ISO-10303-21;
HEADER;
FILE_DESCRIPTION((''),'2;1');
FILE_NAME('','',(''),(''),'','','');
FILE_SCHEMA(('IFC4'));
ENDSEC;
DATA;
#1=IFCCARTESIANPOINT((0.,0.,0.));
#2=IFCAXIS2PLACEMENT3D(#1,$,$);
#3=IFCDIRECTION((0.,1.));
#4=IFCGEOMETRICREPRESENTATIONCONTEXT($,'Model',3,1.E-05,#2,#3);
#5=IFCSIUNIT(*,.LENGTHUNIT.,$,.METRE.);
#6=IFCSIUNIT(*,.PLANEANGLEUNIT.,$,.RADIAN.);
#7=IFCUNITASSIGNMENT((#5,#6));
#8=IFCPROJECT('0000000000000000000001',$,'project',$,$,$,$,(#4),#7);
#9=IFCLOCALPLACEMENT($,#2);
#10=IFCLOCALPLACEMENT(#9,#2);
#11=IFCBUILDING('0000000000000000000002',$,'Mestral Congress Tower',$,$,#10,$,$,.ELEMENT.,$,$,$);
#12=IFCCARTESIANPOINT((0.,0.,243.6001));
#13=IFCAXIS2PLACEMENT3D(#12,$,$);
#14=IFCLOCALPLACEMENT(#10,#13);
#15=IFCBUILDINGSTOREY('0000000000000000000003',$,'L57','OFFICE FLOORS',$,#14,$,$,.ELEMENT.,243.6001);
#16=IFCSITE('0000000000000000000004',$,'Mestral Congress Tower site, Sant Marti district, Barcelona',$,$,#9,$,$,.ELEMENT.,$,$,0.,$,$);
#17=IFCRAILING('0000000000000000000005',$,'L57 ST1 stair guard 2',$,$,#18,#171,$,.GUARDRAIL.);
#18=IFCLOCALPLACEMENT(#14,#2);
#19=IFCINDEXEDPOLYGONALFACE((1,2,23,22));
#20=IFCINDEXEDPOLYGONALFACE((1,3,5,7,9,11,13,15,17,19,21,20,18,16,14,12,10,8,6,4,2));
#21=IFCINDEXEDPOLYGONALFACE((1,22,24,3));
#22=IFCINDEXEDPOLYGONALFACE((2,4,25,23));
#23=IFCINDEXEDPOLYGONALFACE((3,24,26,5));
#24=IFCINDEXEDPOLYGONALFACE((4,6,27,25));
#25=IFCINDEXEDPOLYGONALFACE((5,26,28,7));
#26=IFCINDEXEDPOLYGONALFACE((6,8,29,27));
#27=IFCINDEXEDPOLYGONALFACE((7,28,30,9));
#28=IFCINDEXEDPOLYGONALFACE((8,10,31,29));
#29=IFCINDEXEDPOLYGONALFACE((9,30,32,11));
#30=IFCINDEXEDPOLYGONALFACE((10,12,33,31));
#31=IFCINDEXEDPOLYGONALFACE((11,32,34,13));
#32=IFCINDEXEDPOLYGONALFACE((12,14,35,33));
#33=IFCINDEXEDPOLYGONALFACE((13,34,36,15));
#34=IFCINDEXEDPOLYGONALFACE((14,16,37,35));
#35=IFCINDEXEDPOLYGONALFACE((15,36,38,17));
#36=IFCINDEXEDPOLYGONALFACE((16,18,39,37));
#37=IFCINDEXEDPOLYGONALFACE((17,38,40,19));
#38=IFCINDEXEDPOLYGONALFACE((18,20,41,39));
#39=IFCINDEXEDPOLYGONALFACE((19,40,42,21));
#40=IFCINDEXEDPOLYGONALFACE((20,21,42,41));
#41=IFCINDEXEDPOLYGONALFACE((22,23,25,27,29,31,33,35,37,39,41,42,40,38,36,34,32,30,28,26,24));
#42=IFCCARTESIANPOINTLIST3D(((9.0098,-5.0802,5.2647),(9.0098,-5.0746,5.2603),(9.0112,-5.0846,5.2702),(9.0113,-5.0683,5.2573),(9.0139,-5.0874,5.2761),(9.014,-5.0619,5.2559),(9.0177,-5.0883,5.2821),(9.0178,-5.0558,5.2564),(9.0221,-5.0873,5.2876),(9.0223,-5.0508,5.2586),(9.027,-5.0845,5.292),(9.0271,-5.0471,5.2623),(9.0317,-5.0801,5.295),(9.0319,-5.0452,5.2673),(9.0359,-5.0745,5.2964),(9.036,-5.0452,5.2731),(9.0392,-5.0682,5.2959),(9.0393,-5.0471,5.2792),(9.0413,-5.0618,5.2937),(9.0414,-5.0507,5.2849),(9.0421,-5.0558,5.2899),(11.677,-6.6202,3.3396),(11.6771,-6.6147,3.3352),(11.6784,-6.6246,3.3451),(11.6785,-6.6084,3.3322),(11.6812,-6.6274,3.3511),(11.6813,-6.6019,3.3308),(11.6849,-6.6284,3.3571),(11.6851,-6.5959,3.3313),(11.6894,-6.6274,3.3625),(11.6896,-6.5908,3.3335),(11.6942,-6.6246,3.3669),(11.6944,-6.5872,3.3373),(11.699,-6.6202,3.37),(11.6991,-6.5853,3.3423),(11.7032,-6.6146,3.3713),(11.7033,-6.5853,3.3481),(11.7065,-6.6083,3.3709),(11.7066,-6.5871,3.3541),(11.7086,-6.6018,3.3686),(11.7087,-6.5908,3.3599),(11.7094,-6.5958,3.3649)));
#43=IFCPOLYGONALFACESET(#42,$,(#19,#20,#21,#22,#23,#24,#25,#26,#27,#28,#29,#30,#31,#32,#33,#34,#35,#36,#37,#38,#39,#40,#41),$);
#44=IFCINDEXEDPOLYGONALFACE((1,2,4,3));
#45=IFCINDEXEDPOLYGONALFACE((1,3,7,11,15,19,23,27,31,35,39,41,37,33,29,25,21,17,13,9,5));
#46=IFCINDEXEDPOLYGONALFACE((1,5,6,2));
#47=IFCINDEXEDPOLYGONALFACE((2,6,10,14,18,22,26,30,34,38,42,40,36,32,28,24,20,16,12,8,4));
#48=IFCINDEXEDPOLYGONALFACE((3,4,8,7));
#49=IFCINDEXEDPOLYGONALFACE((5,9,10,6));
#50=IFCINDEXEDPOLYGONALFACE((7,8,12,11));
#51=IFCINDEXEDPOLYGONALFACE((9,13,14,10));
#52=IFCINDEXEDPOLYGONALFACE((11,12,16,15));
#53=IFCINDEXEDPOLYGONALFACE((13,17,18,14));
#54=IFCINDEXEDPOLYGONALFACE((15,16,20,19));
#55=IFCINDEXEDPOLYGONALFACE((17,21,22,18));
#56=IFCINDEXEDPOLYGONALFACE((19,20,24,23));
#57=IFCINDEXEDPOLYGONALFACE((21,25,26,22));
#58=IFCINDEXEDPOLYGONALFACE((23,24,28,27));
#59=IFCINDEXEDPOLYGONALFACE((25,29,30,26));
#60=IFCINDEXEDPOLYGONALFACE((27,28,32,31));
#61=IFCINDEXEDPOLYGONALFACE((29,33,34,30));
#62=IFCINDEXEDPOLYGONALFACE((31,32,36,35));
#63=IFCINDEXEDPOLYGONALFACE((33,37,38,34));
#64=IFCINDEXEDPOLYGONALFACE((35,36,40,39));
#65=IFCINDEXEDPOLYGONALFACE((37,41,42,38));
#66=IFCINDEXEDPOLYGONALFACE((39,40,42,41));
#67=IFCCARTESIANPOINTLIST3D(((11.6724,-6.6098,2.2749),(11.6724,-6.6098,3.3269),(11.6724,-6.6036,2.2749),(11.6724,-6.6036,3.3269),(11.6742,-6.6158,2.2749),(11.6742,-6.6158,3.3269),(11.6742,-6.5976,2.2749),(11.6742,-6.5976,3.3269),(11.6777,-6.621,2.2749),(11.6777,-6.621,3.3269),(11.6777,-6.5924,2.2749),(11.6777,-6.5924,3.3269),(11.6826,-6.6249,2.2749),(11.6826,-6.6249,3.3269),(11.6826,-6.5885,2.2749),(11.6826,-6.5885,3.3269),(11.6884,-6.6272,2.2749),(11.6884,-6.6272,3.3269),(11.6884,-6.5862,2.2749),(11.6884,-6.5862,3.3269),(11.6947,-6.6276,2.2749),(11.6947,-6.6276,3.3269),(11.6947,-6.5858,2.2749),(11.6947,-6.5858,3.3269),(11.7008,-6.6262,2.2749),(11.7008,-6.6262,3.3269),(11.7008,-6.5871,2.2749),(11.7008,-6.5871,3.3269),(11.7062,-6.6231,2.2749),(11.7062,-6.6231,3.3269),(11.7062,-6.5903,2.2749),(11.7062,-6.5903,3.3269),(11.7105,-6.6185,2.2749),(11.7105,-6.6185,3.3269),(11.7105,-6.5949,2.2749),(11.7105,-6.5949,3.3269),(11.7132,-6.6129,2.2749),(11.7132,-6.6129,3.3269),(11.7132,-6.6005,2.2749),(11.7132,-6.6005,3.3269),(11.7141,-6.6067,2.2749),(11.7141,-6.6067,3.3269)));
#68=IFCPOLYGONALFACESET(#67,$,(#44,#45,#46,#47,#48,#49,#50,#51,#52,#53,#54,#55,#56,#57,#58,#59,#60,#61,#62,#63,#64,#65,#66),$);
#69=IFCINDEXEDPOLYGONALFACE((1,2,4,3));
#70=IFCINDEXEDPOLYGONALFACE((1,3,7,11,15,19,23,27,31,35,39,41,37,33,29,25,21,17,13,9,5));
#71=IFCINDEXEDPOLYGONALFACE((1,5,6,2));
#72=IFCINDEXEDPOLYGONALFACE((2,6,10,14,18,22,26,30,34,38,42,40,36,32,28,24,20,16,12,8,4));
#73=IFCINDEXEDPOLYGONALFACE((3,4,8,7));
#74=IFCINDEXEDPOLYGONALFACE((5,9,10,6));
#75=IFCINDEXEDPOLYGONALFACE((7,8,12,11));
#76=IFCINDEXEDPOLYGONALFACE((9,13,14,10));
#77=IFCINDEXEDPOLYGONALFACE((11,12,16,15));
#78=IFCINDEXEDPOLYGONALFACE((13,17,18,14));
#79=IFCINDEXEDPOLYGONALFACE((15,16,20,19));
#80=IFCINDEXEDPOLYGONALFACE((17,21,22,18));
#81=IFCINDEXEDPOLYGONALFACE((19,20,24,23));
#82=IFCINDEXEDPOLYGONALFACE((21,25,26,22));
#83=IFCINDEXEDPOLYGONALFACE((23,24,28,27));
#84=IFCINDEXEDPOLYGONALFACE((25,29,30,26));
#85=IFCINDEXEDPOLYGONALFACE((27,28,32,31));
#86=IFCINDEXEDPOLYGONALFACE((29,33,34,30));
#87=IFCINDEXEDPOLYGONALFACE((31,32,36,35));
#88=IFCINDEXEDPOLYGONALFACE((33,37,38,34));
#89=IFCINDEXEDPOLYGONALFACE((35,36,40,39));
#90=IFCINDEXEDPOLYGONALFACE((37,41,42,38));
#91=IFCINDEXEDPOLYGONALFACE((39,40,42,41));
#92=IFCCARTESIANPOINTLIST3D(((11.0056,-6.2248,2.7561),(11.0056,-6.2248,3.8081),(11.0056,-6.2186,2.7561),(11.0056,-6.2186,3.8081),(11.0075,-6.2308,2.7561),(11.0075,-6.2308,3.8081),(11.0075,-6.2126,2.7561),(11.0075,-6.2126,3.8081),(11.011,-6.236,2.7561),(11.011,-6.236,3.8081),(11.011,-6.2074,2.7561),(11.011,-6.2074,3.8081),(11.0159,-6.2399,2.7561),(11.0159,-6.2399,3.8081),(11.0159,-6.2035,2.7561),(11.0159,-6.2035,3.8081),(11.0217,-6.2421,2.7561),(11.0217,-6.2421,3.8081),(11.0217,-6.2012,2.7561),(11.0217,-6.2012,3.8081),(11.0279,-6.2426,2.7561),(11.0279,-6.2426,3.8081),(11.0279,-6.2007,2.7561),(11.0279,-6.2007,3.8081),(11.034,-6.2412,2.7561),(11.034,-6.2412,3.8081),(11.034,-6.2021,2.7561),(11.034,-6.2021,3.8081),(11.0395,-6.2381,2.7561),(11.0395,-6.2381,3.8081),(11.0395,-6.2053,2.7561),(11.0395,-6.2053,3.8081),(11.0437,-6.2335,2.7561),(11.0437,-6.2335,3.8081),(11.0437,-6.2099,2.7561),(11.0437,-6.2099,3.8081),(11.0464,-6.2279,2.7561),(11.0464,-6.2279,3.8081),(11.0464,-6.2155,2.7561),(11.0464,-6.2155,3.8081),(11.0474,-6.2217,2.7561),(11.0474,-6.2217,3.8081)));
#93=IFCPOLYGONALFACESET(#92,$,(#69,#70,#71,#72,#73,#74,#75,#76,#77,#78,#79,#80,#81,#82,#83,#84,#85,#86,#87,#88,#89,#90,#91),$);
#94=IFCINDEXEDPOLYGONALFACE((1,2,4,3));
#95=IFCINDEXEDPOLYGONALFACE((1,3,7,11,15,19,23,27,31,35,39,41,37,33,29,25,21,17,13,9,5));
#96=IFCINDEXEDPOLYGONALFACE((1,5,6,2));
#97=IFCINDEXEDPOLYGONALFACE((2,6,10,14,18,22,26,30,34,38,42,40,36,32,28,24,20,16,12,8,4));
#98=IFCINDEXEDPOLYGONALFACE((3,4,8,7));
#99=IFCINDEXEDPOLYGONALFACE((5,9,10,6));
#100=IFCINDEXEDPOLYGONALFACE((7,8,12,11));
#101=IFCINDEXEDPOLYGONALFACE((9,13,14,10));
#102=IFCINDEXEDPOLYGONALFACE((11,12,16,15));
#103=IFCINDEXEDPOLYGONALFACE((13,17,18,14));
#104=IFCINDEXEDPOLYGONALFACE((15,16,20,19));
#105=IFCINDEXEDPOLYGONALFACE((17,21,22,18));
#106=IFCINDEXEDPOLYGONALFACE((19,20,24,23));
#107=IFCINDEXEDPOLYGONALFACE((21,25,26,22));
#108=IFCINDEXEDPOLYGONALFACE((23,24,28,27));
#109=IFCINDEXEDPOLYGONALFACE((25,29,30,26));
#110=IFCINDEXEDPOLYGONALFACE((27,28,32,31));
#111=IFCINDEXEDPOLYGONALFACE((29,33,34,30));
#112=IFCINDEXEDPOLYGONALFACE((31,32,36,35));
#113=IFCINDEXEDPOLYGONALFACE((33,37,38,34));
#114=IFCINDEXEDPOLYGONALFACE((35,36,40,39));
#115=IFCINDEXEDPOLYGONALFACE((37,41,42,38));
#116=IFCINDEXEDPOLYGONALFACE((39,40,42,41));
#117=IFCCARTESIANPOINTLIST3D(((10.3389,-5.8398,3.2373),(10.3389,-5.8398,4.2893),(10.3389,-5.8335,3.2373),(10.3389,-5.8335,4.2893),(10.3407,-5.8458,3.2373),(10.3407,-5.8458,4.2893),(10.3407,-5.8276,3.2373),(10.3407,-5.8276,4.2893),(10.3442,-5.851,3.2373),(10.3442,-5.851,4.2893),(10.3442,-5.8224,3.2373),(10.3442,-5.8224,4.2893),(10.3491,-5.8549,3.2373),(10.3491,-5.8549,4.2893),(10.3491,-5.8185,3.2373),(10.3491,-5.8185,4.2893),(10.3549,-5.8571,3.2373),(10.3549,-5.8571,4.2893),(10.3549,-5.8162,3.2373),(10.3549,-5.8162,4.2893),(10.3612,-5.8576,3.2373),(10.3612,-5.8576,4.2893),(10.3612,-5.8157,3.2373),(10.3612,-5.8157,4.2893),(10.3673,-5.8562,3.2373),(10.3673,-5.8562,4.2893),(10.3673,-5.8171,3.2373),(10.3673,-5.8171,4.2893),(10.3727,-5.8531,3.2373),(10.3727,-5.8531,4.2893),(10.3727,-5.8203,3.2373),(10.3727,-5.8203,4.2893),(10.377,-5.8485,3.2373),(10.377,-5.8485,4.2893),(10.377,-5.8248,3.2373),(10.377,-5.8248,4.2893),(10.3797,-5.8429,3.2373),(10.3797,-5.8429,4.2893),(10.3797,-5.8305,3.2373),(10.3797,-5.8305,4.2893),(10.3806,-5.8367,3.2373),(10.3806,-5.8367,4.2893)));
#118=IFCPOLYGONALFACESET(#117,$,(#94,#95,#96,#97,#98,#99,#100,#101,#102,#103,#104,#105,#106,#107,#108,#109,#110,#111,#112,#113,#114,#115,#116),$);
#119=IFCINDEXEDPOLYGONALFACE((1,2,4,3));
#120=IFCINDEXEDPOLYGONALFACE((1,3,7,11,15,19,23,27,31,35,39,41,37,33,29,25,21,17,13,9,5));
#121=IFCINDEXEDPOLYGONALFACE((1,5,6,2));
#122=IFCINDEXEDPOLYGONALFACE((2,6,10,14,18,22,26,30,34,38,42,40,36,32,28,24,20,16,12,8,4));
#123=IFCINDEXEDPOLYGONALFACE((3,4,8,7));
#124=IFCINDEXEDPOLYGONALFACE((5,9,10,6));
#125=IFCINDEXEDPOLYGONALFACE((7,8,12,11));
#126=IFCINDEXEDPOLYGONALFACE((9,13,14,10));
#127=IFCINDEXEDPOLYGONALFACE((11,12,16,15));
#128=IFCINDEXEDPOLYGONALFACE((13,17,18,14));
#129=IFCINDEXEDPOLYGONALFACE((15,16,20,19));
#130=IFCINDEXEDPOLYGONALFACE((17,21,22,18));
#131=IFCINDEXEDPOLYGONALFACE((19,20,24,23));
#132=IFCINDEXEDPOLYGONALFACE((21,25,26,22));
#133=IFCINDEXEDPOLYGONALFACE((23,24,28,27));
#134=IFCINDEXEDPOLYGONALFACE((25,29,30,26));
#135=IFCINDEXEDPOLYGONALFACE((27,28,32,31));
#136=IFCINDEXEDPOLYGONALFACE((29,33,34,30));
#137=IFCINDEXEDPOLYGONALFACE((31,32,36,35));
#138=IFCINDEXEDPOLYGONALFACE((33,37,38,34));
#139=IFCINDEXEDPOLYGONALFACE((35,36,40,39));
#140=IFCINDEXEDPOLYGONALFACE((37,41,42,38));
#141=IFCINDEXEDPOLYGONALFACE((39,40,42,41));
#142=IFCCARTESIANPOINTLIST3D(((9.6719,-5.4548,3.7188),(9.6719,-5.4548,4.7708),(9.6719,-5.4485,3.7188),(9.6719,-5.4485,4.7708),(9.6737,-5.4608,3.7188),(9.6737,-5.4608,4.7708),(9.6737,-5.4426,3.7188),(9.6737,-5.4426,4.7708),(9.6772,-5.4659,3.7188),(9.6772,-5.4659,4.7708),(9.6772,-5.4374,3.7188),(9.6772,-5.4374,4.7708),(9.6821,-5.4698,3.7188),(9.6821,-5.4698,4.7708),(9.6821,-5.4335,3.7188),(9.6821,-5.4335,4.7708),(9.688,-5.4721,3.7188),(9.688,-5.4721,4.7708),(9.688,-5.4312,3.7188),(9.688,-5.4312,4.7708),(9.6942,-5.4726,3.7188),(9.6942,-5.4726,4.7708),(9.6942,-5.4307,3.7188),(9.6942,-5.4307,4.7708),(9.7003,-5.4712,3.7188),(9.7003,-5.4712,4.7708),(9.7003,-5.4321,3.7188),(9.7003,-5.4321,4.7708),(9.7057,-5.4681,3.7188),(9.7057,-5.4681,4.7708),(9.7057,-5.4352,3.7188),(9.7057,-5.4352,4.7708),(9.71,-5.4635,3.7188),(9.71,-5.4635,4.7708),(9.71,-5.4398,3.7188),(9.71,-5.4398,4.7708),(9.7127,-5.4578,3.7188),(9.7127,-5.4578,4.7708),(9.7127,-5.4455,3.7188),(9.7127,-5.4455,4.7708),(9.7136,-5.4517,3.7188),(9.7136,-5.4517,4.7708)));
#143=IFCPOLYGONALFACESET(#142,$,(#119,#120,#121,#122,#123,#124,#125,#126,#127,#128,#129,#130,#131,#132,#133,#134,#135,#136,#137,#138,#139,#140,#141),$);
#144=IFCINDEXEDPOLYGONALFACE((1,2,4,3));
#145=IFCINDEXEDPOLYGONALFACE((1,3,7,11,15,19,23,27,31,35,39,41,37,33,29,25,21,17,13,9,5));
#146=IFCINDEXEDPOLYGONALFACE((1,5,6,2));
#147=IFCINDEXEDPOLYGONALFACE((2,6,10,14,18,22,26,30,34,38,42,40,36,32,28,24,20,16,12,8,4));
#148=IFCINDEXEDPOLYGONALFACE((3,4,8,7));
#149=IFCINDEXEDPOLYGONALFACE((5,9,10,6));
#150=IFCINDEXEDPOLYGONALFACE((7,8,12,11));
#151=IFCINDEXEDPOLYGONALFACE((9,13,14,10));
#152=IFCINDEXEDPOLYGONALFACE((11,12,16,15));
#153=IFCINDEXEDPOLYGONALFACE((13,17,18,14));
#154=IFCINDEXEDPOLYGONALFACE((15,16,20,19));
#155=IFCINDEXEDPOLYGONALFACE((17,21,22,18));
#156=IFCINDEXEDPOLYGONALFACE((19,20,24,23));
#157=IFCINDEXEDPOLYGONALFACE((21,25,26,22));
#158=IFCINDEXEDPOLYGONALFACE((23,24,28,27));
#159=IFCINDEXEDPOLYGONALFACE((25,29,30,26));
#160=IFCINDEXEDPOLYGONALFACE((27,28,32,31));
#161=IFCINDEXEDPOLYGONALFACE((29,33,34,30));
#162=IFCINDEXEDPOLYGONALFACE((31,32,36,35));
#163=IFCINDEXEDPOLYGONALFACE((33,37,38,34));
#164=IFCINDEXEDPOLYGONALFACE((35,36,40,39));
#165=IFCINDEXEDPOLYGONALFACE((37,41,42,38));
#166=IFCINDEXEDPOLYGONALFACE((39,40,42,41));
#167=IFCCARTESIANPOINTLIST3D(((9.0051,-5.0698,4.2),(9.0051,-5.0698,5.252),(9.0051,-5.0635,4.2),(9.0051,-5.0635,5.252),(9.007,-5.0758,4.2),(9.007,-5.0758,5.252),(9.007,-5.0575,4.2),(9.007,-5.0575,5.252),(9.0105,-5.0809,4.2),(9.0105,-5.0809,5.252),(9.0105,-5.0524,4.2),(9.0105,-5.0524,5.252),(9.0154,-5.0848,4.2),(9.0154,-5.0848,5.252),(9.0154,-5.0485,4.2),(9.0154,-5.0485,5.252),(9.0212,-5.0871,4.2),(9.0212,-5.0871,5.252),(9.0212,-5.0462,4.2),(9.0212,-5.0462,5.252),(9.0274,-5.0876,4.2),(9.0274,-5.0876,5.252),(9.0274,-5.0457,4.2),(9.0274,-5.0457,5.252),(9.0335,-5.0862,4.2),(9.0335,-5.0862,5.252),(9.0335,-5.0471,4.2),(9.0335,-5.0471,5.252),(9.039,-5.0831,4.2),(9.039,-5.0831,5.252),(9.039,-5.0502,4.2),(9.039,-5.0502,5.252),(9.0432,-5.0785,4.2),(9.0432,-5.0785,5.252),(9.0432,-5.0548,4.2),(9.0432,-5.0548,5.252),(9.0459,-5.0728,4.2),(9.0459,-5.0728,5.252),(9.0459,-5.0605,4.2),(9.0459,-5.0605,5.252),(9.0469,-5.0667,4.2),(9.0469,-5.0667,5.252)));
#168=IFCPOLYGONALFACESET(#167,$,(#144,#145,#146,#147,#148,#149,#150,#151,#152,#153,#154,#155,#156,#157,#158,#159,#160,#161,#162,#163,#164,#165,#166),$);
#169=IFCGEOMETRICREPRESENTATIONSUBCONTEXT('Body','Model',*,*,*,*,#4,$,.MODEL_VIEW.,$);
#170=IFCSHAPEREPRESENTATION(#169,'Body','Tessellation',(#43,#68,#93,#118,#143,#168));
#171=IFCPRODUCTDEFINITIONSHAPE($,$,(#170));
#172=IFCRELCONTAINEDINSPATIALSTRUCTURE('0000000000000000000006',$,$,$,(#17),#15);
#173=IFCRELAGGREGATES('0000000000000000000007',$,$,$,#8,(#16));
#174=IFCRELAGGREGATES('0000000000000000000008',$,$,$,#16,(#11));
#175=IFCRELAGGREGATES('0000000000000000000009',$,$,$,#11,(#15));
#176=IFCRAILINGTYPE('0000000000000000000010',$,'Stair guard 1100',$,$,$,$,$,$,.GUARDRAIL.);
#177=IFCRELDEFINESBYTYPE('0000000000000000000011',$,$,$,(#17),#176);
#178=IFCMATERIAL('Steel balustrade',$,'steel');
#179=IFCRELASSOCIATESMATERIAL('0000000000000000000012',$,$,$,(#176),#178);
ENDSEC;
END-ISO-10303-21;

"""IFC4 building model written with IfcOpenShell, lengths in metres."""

from ifc_helpers import new_model, si_unit, direction, frame, origin, origin_2d, place, context, subcontext, project, spatial, circle, extrude, material, type_object, element, save


model = new_model("IFC4")

# Units and contexts
model_context = context("Model", 3, precision=1e-05, world=origin(), true_north=direction((0.0, 1.0)))
body_context = subcontext(model_context, "Body", "Model", "MODEL_VIEW")
ifc_project = project(units=[si_unit("LENGTHUNIT", "METRE"), si_unit("PLANEANGLEUNIT", "RADIAN")], contexts=[model_context])

# Site, building, storey
site_placement = place(None, origin())
site = spatial("IfcSite", under=ifc_project, at=site_placement, Name="Mestral Congress Tower site, Sant Marti district, Barcelona", CompositionType="ELEMENT", RefElevation=0.0)
building_placement = place(site_placement, origin())
building = spatial("IfcBuilding", under=site, at=building_placement, Name="Mestral Congress Tower", CompositionType="ELEMENT")
storey_placement = place(building_placement, frame((0.0, 0.0, 243.6001)))
storey = spatial("IfcBuildingStorey", under=building, at=storey_placement, Name="L57", Description="OFFICE FLOORS", CompositionType="ELEMENT", Elevation=243.6001)

# Railing
ifc_material_1 = material(Name="Steel balustrade", Category="steel")
railing_type_1 = type_object("IfcRailingType", Name="Stair guard 1100", PredefinedType="GUARDRAIL", material=ifc_material_1)
railing_1_placement = place(storey_placement, frame((11.6931, -6.6067, 2.2749)))
element("IfcRailing", 1, at=railing_1_placement, inside=storey, type_object=railing_type_1, Name="L57 ST1 stair guard 2", PredefinedType="GUARDRAIL", context=body_context, shape_type="SweptSolid", body=[
    extrude(circle(Radius=0.0239, at=origin_2d()), frame((0.0, 0.0, 1.0762), z_axis=(-0.734364, 0.424015, 0.530019), x_axis=(-0.500027, -0.86601, 0.0)), (0.0, 0.0, 1.0), 3.6321),
    extrude(circle(Radius=0.021, at=origin_2d()), origin(), (0.0, 0.0, 1.0), 1.052),
    extrude(circle(Radius=0.021, at=origin_2d()), frame((-0.6667, 0.385, 0.4812)), (0.0, 0.0, 1.0), 1.052),
    extrude(circle(Radius=0.021, at=origin_2d()), frame((-1.3335, 0.77, 0.9624)), (0.0, 0.0, 1.0), 1.052),
    extrude(circle(Radius=0.021, at=origin_2d()), frame((-2.0005, 1.155, 1.4438)), (0.0, 0.0, 1.0), 1.052),
    extrude(circle(Radius=0.021, at=origin_2d()), frame((-2.6672, 1.54, 1.925)), (0.0, 0.0, 1.0), 1.052),
])

save(model, "model.ifc")
